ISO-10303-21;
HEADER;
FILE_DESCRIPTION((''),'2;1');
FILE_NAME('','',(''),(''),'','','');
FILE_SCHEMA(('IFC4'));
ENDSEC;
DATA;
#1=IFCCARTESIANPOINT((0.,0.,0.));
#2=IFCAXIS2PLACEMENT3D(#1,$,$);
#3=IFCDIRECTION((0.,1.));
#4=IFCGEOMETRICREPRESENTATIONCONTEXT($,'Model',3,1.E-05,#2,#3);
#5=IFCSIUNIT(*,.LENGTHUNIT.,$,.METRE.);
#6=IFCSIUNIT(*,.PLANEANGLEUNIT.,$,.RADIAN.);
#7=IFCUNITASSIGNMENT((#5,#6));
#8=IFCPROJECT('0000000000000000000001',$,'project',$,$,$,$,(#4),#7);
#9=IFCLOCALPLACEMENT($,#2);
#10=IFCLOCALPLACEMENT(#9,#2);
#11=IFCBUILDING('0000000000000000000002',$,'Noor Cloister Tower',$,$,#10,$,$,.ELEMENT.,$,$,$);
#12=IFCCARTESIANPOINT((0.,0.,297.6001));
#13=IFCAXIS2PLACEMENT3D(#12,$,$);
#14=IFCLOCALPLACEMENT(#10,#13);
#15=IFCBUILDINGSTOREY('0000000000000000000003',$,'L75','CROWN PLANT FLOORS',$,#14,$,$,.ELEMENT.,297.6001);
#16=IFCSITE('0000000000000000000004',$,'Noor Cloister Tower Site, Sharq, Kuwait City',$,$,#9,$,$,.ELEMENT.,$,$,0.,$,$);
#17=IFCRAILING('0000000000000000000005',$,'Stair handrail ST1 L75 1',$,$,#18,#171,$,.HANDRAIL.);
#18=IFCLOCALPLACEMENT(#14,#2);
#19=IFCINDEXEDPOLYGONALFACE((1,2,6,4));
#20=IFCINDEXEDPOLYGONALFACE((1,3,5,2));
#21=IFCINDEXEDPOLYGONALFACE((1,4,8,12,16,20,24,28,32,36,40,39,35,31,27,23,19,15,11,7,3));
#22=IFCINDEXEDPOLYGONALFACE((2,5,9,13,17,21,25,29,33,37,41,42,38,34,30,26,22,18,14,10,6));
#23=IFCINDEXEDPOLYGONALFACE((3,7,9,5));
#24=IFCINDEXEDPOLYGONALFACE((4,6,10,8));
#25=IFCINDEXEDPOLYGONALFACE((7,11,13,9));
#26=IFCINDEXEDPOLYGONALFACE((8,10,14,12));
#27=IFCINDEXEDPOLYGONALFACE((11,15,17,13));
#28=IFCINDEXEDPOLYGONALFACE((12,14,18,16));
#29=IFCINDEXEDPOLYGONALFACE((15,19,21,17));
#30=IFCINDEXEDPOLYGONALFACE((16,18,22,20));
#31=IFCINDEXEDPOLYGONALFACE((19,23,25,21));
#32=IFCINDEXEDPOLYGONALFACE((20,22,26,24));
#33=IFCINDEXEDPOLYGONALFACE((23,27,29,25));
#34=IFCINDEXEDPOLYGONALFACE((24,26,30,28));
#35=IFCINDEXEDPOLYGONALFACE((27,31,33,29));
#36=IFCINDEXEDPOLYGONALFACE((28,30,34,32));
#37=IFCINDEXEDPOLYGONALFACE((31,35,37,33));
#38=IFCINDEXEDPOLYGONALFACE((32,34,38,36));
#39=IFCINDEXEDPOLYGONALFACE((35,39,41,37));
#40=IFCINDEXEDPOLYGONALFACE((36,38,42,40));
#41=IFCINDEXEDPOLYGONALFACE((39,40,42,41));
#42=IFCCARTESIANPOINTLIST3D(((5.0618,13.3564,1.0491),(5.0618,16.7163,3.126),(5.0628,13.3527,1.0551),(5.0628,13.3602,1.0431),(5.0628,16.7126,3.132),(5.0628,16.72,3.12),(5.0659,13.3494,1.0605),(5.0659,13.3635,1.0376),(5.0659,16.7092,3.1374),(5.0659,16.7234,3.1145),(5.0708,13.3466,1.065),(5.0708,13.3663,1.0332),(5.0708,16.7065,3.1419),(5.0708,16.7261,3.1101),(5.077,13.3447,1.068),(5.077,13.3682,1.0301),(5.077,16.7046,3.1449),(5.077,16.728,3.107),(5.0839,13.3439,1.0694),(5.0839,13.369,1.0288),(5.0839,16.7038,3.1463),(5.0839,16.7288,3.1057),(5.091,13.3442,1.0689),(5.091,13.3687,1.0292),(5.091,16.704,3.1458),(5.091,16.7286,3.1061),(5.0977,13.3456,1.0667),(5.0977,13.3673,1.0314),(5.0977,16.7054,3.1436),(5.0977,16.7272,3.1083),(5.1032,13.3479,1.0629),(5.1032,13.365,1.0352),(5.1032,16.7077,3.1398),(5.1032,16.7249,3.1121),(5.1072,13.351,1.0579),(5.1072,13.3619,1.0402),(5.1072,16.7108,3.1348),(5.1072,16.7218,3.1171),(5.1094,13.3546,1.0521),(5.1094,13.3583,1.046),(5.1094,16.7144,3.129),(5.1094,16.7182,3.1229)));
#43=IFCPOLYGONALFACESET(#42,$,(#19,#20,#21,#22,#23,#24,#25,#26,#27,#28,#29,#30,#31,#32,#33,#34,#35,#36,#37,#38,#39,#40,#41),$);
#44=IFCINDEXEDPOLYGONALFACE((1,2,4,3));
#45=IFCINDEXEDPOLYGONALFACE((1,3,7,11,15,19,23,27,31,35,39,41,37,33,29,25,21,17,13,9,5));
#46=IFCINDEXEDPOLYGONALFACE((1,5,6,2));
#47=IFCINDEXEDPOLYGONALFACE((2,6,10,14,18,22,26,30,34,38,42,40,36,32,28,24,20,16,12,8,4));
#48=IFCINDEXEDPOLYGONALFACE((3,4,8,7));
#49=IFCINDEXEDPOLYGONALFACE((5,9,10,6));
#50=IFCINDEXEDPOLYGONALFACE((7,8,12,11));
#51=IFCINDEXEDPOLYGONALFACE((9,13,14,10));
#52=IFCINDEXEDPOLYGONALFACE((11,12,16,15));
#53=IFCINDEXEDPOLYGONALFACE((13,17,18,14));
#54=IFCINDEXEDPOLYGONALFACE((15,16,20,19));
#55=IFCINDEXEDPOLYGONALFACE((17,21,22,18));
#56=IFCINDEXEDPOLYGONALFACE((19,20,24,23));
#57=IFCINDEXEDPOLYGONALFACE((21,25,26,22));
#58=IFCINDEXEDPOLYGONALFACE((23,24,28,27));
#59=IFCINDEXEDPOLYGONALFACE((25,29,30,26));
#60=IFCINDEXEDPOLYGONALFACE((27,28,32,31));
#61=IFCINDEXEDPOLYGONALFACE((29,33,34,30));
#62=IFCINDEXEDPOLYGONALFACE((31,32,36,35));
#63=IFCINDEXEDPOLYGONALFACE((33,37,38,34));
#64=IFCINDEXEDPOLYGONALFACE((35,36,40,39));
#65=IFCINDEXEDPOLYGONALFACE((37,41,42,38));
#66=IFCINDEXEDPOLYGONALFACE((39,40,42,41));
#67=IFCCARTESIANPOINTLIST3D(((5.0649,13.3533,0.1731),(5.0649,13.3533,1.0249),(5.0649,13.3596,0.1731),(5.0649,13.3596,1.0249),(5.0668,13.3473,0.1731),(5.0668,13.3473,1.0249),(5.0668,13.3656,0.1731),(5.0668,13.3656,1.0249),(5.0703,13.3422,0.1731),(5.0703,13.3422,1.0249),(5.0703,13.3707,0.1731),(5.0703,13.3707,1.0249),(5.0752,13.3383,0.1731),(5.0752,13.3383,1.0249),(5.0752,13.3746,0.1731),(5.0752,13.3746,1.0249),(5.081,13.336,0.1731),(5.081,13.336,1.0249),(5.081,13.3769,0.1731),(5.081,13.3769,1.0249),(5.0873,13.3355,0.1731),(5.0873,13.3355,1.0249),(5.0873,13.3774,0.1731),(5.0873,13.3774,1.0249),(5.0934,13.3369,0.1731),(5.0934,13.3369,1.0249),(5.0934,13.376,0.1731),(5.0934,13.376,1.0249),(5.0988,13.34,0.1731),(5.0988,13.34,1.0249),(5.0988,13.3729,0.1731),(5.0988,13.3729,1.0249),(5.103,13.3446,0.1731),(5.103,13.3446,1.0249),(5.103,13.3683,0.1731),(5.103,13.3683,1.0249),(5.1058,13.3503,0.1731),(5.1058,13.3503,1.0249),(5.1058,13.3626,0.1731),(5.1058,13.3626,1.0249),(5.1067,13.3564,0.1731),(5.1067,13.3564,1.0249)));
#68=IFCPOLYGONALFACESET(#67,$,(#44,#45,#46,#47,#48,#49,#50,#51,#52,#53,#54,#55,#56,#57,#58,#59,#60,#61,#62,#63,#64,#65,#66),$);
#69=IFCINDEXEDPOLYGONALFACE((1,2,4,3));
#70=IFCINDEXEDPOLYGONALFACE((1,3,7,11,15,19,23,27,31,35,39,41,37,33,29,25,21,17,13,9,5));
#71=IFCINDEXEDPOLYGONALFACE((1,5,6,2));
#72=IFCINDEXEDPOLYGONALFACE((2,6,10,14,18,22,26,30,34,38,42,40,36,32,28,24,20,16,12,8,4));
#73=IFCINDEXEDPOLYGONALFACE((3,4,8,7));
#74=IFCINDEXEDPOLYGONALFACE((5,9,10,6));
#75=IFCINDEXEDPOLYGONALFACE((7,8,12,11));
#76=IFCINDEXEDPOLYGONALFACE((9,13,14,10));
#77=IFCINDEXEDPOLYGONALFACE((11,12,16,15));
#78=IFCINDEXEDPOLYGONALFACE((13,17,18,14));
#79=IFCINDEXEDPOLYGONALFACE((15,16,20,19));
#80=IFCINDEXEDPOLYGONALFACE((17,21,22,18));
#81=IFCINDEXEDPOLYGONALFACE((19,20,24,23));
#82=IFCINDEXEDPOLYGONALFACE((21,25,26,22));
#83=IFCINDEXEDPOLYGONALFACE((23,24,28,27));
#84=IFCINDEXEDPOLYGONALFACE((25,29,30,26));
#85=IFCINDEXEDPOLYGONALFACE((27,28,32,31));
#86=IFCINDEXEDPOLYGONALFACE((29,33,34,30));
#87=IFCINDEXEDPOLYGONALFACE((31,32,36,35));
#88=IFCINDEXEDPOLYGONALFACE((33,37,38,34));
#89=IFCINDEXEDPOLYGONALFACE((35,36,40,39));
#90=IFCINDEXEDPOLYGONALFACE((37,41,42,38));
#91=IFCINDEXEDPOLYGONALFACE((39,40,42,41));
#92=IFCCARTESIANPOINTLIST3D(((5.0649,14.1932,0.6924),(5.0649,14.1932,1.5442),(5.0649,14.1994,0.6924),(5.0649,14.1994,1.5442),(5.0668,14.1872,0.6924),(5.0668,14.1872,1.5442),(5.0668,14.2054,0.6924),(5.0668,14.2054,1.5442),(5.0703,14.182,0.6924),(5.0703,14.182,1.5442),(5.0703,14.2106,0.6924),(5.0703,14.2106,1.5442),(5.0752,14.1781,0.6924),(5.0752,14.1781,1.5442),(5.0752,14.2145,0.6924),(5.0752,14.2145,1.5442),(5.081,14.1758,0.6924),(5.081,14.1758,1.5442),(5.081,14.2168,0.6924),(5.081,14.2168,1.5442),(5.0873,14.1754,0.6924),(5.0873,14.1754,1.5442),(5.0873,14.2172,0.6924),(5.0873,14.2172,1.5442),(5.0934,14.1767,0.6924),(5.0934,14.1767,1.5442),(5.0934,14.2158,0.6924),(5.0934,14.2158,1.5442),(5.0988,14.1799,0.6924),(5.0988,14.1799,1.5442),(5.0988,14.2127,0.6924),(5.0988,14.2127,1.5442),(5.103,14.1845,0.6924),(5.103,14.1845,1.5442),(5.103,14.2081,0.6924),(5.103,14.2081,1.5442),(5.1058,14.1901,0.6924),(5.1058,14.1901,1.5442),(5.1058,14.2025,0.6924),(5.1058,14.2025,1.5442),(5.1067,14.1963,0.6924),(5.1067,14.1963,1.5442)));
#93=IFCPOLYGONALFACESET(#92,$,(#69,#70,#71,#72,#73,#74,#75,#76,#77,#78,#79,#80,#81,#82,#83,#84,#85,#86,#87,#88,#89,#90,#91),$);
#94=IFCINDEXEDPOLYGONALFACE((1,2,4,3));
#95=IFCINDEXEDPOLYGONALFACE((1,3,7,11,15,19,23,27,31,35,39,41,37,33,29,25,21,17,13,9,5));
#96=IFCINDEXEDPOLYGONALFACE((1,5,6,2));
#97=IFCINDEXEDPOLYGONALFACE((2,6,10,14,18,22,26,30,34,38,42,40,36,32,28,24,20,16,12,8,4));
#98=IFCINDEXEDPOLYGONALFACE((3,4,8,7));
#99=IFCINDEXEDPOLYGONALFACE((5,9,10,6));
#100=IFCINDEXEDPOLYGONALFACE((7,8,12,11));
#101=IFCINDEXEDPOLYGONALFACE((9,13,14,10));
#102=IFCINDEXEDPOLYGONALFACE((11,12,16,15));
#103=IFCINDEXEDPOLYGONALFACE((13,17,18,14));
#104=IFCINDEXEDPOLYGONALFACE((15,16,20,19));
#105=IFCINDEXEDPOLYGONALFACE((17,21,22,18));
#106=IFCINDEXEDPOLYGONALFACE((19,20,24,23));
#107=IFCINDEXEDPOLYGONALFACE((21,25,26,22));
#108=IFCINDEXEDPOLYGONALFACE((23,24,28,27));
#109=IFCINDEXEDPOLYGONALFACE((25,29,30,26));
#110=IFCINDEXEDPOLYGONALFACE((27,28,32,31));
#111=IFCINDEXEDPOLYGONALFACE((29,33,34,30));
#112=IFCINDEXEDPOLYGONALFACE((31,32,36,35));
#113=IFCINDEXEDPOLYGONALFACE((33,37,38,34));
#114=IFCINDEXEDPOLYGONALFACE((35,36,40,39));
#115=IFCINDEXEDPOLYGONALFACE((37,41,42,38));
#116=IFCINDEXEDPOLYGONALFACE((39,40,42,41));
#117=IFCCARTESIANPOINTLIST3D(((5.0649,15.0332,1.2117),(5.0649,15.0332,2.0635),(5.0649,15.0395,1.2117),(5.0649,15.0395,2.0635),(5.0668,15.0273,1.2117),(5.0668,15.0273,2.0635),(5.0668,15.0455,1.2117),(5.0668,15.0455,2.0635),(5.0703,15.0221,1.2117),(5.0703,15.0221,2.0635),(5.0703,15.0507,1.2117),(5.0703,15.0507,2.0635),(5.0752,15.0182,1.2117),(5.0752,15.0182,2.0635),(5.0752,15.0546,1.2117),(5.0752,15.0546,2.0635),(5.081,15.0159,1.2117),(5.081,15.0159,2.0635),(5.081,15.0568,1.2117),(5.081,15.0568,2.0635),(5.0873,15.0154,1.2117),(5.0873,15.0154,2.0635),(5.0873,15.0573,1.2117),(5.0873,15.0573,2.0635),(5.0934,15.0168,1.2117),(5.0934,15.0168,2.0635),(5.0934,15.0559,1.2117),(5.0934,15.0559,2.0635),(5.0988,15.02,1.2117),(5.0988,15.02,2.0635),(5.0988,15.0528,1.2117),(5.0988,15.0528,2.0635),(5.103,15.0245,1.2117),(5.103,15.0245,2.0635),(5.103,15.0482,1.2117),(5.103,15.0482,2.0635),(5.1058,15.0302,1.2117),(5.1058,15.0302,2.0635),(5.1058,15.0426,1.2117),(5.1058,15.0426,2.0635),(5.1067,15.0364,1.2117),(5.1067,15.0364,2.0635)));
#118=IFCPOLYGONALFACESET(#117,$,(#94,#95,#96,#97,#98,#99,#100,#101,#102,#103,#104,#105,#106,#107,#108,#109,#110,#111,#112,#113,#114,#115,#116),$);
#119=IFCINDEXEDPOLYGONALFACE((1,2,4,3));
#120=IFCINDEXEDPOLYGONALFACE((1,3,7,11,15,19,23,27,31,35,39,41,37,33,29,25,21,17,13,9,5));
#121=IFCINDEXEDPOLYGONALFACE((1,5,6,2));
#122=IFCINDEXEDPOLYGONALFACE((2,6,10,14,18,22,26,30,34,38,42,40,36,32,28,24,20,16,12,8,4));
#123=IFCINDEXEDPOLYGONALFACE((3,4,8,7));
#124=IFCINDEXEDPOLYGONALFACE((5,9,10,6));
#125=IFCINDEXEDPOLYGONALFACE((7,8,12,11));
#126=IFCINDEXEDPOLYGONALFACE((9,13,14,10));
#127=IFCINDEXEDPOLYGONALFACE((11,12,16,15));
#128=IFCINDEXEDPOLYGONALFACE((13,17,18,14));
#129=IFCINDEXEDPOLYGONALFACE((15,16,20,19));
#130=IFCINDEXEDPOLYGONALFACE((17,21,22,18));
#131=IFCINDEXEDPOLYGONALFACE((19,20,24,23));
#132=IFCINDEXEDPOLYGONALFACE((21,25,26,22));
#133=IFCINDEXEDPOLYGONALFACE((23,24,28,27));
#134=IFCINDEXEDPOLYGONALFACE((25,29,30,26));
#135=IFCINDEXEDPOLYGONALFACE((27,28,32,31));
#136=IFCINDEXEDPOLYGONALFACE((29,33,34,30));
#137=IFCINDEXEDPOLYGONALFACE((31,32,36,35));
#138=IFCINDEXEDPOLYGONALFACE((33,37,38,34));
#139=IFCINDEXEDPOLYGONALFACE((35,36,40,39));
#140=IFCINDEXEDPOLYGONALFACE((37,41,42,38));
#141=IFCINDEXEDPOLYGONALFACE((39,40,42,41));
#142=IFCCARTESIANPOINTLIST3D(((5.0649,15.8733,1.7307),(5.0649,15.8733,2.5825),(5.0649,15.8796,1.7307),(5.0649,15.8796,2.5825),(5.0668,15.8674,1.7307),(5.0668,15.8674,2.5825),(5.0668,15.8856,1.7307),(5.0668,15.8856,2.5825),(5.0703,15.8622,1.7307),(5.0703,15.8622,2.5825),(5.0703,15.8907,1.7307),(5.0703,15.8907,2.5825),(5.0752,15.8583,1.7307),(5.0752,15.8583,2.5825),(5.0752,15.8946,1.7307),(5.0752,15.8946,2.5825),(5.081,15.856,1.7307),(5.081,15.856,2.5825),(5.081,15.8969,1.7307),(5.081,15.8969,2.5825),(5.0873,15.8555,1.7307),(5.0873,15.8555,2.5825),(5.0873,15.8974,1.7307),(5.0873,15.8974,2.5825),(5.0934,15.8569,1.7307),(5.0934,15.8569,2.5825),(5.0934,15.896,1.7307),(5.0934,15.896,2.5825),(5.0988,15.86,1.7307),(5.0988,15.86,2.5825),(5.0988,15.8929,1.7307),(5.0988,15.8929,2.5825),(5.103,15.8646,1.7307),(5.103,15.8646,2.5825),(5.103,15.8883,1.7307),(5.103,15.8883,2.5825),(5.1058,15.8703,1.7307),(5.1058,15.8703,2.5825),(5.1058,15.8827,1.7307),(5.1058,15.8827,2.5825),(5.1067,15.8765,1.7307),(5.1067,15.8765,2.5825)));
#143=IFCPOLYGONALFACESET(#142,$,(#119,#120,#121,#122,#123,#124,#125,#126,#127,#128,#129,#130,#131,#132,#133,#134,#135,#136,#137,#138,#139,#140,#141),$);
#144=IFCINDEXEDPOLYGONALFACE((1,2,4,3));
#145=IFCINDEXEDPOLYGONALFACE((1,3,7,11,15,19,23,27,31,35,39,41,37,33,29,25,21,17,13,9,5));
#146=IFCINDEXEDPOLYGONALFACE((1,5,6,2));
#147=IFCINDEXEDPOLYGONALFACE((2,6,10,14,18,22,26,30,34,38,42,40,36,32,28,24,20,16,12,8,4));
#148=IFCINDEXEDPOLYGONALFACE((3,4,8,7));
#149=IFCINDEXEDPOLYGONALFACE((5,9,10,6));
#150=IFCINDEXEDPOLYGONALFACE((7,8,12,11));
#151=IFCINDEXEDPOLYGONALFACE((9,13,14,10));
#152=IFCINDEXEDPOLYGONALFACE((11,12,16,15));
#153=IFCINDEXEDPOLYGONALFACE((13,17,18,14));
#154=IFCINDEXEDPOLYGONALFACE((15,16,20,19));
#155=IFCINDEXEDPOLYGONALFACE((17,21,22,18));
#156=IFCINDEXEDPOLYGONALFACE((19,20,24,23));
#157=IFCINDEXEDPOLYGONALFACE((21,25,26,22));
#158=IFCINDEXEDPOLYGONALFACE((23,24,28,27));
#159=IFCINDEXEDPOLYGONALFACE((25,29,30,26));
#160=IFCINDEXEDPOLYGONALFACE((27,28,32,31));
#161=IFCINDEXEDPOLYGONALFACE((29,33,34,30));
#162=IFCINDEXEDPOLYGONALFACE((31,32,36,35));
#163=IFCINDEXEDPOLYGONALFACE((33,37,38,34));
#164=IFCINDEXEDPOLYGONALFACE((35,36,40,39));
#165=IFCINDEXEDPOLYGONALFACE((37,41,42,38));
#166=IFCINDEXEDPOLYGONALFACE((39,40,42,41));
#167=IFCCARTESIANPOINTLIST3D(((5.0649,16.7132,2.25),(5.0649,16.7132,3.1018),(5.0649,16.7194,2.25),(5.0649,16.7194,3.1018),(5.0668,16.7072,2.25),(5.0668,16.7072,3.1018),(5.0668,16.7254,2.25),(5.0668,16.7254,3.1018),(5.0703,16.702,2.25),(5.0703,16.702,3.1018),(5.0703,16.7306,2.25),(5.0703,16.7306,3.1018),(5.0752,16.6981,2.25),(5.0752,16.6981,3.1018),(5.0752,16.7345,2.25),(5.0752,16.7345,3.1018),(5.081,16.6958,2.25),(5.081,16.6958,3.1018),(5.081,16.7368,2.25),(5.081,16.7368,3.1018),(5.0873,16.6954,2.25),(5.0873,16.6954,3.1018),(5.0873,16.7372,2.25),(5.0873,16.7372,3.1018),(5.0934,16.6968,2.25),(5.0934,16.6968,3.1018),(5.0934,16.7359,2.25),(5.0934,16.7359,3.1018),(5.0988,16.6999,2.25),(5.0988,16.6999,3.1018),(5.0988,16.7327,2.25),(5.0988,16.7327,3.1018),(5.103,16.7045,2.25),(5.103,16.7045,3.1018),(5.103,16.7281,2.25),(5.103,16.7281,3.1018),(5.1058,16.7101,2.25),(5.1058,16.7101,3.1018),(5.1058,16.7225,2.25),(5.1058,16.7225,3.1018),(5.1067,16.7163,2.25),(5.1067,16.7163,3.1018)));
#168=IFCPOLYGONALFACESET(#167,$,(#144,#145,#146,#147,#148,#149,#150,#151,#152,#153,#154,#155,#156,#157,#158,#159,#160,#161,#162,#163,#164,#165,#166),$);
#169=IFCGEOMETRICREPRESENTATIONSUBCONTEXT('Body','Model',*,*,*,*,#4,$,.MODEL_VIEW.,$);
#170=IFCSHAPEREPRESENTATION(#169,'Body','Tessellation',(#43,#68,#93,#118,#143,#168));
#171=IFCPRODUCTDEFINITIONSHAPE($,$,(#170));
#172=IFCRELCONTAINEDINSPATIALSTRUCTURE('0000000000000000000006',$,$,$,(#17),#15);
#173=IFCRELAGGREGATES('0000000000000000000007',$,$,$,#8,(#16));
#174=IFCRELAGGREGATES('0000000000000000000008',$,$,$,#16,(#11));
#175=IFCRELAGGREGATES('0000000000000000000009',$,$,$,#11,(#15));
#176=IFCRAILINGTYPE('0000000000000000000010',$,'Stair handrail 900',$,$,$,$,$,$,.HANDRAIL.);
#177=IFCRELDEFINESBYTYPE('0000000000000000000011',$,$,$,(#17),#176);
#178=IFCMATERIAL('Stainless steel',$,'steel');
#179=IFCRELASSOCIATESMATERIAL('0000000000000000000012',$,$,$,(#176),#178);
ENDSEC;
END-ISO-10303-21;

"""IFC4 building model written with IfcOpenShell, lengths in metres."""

from ifc_helpers import new_model, si_unit, direction, frame, origin, origin_2d, place, context, subcontext, project, spatial, circle, extrude, material, type_object, element, save


model = new_model("IFC4")

# Units and contexts
model_context = context("Model", 3, precision=1e-05, world=origin(), true_north=direction((0.0, 1.0)))
body_context = subcontext(model_context, "Body", "Model", "MODEL_VIEW")
ifc_project = project(units=[si_unit("LENGTHUNIT", "METRE"), si_unit("PLANEANGLEUNIT", "RADIAN")], contexts=[model_context])

# Site, building, storey
site_placement = place(None, origin())
site = spatial("IfcSite", under=ifc_project, at=site_placement, Name="Noor Cloister Tower Site, Sharq, Kuwait City", CompositionType="ELEMENT", RefElevation=0.0)
building_placement = place(site_placement, origin())
building = spatial("IfcBuilding", under=site, at=building_placement, Name="Noor Cloister Tower", CompositionType="ELEMENT")
storey_placement = place(building_placement, frame((0.0, 0.0, 297.6001)))
storey = spatial("IfcBuildingStorey", under=building, at=storey_placement, Name="L75", Description="CROWN PLANT FLOORS", CompositionType="ELEMENT", Elevation=297.6001)

# Railing
ifc_material_1 = material(Name="Stainless steel", Category="steel")
railing_type_1 = type_object("IfcRailingType", Name="Stair handrail 900", PredefinedType="HANDRAIL", material=ifc_material_1)
railing_1_placement = place(storey_placement, frame((5.0857, 13.3564, 0.1731)))
element("IfcRailing", 1, at=railing_1_placement, inside=storey, type_object=railing_type_1, Name="Stair handrail ST1 L75 1", PredefinedType="HANDRAIL", context=body_context, shape_type="SweptSolid", body=[
    extrude(circle(Radius=0.0239, at=origin_2d()), frame((0.0, 0.0, 0.876), z_axis=(0.0, 0.850606, 0.525803), x_axis=(-1.0, 0.0, 0.0)), (0.0, 0.0, 1.0), 3.95),
    extrude(circle(Radius=0.021, at=origin_2d()), origin(), (0.0, 0.0, 1.0), 0.8518),
    extrude(circle(Radius=0.021, at=origin_2d()), frame((0.0, 0.8398, 0.5193)), (0.0, 0.0, 1.0), 0.8518),
    extrude(circle(Radius=0.021, at=origin_2d()), frame((0.0, 1.6799, 1.0386)), (0.0, 0.0, 1.0), 0.8518),
    extrude(circle(Radius=0.021, at=origin_2d()), frame((0.0, 2.52, 1.5576)), (0.0, 0.0, 1.0), 0.8518),
    extrude(circle(Radius=0.021, at=origin_2d()), frame((0.0, 3.3599, 2.0769)), (0.0, 0.0, 1.0), 0.8518),
])

save(model, "model.ifc")
